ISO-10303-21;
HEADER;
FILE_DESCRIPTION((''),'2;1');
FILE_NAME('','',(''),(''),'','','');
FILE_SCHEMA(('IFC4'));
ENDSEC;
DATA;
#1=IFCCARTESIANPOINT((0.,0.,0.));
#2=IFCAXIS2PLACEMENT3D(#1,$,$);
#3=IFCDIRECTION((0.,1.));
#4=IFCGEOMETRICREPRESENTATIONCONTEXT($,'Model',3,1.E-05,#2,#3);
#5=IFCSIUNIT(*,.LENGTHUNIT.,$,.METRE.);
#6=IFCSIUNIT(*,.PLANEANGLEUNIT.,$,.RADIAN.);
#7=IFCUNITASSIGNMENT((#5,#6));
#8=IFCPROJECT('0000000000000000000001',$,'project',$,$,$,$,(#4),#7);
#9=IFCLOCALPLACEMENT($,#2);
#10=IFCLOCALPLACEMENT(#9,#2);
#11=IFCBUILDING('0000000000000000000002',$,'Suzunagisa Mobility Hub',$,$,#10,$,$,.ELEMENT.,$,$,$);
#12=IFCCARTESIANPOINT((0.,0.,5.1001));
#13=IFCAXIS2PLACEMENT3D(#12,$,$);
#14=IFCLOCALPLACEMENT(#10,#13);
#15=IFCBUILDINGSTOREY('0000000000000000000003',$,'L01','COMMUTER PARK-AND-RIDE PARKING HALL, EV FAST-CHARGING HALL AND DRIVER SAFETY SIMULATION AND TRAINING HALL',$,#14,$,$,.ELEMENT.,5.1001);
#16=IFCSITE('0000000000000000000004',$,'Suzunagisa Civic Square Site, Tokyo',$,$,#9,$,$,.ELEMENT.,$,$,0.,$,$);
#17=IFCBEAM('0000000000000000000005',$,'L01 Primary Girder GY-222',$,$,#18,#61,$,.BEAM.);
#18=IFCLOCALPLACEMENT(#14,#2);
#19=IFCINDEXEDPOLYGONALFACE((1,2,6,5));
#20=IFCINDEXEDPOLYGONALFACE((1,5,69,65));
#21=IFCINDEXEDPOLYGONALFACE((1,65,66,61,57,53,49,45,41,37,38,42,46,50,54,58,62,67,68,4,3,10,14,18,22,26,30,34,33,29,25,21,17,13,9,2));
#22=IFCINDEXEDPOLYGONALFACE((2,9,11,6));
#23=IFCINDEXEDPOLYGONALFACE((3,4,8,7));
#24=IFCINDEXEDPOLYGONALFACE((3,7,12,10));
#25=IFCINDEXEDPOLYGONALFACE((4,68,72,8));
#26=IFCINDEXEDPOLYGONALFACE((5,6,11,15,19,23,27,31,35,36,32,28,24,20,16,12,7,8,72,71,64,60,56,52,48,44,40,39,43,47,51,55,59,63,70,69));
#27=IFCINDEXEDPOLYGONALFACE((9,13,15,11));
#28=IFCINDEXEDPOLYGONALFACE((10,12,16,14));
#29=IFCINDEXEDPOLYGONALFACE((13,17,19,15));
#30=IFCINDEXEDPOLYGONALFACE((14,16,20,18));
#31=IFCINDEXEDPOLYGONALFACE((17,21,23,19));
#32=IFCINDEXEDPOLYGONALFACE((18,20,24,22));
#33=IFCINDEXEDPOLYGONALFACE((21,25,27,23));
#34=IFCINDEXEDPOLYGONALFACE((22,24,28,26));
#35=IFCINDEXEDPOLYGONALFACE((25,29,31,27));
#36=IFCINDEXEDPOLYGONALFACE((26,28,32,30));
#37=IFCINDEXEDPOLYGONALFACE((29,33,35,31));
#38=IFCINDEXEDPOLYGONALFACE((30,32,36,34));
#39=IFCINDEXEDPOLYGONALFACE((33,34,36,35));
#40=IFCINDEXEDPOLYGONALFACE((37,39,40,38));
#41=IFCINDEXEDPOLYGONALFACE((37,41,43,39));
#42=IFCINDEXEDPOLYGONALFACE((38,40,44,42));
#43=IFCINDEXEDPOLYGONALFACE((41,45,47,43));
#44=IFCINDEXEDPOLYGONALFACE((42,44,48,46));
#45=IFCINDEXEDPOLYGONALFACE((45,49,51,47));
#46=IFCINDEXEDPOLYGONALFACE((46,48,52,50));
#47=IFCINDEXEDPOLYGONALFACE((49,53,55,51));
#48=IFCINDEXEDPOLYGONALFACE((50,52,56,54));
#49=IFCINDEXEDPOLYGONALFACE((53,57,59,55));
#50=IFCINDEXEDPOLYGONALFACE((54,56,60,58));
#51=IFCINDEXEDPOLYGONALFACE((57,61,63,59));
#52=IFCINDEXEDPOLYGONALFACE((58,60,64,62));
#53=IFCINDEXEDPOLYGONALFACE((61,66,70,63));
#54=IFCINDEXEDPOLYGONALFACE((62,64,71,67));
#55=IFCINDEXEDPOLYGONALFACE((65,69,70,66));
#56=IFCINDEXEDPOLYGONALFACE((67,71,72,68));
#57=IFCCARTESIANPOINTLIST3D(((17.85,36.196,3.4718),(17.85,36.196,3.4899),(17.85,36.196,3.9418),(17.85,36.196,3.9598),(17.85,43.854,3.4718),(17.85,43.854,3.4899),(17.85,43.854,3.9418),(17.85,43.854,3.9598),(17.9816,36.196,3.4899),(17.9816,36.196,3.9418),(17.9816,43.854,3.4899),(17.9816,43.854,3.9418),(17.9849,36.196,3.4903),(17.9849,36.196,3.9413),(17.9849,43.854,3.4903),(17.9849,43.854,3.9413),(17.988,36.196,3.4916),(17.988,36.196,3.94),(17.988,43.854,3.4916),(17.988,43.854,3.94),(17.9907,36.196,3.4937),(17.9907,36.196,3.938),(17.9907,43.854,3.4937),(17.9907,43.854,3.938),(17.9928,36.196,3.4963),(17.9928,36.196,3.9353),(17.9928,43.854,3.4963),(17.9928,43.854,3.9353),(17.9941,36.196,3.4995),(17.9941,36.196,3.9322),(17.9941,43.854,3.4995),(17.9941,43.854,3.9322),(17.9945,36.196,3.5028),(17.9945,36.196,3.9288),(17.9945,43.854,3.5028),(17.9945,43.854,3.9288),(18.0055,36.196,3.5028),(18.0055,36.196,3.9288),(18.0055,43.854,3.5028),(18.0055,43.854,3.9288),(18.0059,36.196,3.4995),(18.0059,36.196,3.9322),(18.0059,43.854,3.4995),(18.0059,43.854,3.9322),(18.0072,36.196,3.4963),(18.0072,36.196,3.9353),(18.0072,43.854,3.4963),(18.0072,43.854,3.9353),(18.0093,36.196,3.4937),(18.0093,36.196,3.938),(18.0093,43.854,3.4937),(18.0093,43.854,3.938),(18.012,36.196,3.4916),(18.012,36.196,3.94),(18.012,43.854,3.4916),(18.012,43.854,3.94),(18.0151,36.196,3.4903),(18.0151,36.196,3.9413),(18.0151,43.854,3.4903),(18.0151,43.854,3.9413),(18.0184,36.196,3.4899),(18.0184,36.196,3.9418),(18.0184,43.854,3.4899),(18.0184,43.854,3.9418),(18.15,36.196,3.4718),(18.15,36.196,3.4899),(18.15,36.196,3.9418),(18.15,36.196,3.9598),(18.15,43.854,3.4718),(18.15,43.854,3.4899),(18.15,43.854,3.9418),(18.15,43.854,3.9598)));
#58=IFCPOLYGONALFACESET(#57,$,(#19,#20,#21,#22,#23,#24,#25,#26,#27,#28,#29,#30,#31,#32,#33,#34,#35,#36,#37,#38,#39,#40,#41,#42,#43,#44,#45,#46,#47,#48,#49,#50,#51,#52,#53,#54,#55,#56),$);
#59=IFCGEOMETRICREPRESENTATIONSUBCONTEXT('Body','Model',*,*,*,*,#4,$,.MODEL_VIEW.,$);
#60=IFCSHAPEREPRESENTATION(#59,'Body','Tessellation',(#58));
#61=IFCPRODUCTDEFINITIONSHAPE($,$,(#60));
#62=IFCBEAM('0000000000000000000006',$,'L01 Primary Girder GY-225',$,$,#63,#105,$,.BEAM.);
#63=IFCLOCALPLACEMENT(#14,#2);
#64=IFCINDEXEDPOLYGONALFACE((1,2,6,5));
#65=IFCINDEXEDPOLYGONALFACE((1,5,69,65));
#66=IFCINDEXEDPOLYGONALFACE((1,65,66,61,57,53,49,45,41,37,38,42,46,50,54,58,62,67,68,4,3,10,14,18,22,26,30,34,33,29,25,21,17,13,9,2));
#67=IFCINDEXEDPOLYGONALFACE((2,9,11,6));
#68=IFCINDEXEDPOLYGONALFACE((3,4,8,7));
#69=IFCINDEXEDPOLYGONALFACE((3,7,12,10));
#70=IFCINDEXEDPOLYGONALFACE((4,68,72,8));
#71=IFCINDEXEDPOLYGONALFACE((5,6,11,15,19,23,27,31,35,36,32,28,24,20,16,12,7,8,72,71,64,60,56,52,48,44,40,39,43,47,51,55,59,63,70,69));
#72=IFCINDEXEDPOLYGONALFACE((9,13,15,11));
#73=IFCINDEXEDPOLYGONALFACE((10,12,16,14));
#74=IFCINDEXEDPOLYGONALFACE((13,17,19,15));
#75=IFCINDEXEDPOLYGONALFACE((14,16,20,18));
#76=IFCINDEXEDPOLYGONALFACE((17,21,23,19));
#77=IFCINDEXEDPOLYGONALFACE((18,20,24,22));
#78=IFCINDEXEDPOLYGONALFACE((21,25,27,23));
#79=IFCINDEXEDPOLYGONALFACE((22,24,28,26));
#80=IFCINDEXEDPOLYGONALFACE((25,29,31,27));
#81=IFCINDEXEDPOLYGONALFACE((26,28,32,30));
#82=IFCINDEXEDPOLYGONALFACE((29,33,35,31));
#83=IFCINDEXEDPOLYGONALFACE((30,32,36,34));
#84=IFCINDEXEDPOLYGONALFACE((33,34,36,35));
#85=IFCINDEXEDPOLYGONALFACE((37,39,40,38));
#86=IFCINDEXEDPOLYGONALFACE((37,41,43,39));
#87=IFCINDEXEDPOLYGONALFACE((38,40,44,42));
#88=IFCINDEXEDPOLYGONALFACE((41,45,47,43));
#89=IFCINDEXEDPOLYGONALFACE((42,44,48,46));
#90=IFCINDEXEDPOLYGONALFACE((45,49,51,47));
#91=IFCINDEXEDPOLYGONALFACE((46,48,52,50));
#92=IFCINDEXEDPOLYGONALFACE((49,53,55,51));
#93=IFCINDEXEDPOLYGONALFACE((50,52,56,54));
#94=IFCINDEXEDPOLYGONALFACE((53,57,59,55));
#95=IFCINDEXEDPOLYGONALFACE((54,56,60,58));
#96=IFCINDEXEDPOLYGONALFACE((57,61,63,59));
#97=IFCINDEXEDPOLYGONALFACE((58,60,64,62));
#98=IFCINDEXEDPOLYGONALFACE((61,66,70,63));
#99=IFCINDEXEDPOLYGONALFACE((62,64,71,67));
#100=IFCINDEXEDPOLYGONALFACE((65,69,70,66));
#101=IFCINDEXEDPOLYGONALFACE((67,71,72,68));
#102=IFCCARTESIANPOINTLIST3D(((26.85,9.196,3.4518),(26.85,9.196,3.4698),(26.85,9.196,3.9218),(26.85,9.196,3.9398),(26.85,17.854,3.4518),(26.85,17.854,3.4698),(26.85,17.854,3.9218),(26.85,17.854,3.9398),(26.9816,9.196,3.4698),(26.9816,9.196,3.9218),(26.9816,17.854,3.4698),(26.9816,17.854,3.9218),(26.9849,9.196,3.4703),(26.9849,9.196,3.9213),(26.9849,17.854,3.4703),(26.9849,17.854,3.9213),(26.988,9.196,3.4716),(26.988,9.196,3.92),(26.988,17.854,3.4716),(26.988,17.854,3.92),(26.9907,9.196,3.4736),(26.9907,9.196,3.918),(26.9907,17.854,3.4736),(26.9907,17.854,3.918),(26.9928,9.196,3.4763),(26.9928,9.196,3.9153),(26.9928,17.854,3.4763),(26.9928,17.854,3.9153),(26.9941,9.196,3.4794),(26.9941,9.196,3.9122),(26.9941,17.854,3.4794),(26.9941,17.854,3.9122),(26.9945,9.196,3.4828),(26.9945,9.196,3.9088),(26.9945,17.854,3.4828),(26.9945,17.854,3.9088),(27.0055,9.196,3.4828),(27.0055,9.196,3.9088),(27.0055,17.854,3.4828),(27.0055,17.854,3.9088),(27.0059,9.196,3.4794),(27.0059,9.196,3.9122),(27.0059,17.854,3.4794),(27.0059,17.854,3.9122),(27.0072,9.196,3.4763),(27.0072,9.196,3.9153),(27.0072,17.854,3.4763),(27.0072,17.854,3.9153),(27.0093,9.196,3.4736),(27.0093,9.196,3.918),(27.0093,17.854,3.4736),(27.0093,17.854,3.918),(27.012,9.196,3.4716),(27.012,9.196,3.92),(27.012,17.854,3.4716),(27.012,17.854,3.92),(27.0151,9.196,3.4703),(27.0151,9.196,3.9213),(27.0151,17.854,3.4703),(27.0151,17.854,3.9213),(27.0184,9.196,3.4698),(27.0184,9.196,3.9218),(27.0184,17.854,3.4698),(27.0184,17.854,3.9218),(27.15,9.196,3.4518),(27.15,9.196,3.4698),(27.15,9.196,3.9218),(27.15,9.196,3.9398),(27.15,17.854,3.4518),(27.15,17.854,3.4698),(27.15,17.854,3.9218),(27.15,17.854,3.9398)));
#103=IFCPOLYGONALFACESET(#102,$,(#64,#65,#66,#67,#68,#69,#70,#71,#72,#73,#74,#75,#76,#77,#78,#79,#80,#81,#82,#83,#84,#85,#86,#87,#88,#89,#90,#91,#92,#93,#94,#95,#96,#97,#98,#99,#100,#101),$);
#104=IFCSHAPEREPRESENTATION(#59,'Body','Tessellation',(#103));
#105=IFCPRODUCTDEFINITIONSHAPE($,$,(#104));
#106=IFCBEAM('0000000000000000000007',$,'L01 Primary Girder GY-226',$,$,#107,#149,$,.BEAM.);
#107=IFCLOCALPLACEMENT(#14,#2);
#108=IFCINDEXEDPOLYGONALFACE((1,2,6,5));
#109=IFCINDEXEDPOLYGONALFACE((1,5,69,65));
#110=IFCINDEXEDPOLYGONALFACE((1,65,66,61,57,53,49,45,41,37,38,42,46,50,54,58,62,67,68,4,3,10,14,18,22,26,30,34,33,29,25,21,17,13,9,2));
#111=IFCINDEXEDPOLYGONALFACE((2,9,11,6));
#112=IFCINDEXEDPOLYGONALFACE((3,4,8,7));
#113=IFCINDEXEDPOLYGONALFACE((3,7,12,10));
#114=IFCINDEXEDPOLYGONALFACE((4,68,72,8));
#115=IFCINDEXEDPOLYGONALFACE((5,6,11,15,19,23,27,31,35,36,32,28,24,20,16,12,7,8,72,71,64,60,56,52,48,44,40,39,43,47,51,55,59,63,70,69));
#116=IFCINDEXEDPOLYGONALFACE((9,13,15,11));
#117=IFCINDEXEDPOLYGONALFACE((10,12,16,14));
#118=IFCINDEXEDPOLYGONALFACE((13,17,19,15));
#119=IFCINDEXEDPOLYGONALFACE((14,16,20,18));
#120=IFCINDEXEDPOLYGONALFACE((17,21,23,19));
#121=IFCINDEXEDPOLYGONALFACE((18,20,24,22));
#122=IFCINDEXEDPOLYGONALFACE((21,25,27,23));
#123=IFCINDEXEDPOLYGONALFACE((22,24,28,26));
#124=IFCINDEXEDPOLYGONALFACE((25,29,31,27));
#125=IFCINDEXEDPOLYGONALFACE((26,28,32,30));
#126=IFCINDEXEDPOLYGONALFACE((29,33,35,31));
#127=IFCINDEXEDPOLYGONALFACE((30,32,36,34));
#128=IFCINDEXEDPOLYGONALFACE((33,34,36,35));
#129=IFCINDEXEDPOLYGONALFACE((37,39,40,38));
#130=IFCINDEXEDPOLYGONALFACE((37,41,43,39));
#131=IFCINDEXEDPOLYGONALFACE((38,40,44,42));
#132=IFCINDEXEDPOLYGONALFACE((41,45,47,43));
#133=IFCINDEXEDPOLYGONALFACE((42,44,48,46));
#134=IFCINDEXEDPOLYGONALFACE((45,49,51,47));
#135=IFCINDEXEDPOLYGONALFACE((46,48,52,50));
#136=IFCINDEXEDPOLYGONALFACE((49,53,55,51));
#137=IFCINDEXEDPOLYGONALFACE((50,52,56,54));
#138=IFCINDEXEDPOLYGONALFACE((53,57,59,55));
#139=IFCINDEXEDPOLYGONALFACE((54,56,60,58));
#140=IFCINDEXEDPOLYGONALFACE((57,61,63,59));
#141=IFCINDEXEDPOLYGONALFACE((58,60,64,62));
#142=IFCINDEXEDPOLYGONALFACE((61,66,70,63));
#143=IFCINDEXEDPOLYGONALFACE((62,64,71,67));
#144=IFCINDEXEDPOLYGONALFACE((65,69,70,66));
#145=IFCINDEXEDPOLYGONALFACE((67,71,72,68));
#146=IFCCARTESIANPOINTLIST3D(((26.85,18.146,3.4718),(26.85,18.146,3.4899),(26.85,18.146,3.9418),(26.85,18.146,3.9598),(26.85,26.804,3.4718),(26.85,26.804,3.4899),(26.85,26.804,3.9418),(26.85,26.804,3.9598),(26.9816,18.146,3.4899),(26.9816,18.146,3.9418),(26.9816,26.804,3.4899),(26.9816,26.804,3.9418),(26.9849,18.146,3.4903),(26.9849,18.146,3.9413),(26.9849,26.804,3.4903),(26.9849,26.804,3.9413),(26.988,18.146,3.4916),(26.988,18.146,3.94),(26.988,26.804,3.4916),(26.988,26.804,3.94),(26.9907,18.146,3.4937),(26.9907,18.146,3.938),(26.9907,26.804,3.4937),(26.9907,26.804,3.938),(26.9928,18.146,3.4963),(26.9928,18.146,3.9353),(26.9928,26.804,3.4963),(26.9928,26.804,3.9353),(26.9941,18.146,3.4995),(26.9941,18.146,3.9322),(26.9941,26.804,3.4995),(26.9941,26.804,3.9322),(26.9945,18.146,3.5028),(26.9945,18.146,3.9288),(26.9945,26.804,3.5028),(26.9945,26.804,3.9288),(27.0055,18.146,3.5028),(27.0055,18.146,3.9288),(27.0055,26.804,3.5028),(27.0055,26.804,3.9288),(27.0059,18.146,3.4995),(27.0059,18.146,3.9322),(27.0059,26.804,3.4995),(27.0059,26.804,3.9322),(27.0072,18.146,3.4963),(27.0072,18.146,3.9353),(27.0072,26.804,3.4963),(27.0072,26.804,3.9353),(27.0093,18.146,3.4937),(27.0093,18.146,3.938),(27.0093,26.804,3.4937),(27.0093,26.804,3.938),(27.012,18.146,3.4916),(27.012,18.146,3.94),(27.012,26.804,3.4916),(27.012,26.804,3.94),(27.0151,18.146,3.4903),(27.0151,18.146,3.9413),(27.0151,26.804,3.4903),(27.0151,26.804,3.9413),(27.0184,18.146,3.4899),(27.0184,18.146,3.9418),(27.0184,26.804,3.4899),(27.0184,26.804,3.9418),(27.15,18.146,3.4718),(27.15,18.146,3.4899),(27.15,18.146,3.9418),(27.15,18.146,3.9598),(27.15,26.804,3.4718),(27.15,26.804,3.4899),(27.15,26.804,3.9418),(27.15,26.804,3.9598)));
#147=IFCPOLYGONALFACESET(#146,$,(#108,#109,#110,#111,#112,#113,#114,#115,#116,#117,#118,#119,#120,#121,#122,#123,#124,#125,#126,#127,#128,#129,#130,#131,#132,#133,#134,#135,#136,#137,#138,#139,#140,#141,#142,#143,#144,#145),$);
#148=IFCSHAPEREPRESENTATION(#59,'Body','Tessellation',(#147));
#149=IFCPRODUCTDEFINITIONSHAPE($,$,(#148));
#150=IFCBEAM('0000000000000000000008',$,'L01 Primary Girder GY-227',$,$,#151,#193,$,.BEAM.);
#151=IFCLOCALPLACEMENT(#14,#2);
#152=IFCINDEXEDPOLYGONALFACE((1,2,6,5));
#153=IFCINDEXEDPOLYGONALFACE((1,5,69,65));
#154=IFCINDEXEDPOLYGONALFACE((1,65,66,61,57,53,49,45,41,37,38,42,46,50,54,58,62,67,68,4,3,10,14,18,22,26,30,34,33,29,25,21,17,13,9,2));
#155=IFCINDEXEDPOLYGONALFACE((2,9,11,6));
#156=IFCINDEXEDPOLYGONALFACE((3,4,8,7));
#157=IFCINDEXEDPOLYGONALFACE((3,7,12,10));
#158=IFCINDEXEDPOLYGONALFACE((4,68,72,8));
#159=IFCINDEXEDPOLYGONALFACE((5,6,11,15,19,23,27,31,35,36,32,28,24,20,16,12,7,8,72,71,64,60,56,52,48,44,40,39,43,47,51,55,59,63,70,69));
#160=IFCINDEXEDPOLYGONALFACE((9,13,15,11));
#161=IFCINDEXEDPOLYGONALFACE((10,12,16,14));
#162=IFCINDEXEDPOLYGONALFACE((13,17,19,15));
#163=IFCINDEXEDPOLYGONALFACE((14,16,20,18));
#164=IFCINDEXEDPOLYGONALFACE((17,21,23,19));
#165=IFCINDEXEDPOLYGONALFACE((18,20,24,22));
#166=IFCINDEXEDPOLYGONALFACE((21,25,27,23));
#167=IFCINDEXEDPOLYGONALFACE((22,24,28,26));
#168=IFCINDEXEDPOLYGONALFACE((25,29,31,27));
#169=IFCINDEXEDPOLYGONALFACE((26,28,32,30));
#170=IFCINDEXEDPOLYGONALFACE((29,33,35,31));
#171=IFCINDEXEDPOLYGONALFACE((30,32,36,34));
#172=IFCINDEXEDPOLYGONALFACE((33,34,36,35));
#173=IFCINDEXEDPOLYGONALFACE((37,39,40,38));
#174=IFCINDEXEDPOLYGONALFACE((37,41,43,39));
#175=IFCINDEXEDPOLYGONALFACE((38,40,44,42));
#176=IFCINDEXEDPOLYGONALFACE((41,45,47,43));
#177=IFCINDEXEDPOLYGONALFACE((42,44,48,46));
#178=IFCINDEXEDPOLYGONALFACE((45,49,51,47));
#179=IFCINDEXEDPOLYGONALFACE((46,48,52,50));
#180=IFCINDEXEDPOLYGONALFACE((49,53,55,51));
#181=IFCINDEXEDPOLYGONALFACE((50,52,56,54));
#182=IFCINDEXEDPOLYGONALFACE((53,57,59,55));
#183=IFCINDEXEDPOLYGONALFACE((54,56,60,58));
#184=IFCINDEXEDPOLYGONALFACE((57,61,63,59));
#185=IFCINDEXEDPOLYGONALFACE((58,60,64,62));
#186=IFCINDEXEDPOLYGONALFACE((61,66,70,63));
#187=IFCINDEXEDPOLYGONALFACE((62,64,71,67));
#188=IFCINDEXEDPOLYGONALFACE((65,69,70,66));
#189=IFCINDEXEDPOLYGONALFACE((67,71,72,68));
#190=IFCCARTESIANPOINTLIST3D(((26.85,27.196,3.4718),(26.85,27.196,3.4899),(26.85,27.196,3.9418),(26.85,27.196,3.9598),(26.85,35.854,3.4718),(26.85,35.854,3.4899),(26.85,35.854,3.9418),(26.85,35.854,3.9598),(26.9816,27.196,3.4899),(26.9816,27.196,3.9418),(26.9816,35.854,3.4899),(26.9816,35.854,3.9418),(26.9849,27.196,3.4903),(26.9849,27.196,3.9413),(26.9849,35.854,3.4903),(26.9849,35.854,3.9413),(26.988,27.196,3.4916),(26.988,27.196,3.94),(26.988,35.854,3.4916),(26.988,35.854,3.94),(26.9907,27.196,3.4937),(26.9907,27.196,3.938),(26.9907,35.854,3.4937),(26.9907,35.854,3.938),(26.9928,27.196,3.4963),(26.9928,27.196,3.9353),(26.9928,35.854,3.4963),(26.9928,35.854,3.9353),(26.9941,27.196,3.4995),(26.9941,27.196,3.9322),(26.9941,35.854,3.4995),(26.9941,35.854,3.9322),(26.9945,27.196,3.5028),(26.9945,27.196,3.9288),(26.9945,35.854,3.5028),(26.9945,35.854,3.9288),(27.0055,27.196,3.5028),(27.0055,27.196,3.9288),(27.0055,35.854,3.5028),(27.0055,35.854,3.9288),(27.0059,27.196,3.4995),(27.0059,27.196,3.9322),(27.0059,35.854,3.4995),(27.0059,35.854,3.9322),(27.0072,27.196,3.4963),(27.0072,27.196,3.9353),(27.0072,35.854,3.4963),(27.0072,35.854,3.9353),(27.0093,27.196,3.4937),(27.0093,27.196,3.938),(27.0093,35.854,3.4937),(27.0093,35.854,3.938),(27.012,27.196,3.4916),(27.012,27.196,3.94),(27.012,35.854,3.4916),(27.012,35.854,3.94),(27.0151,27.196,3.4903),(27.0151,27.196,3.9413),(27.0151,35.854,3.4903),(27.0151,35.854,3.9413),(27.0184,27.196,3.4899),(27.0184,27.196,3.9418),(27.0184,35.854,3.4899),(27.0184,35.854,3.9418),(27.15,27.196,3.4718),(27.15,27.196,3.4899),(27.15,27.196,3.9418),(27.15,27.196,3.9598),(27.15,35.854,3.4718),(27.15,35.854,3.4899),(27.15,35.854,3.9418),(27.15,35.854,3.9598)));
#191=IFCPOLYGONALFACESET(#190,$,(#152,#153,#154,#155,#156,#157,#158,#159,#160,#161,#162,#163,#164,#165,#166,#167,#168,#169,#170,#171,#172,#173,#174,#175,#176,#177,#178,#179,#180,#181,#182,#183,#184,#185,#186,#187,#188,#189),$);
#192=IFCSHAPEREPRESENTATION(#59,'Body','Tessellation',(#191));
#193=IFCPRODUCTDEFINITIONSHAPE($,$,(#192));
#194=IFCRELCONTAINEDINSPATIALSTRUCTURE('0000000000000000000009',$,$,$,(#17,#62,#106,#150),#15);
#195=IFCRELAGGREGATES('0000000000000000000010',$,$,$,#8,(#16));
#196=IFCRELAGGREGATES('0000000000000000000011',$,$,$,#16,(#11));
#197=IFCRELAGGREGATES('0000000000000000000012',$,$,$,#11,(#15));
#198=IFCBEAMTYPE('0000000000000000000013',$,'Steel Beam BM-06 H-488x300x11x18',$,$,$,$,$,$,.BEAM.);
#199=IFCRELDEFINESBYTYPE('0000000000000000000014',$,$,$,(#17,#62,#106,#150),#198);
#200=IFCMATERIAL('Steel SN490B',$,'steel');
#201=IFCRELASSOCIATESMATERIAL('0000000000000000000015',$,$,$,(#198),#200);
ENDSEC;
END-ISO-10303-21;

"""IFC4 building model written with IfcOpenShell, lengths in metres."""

from ifc_helpers import new_model, si_unit, direction, frame, origin, origin_2d, place, context, subcontext, project, spatial, i_section, extrude, material, material_profile, profile_set, type_object, element, save


model = new_model("IFC4")

# Units and contexts
model_context = context("Model", 3, precision=1e-05, world=origin(), true_north=direction((0.0, 1.0)))
body_context = subcontext(model_context, "Body", "Model", "MODEL_VIEW")
ifc_project = project(units=[si_unit("LENGTHUNIT", "METRE"), si_unit("PLANEANGLEUNIT", "RADIAN")], contexts=[model_context])

# Site, building, storey
site_placement = place(None, origin())
site = spatial("IfcSite", under=ifc_project, at=site_placement, Name="Suzunagisa Civic Square Site, Tokyo", CompositionType="ELEMENT", RefElevation=0.0)
building_placement = place(site_placement, origin())
building = spatial("IfcBuilding", under=site, at=building_placement, Name="Suzunagisa Mobility Hub", CompositionType="ELEMENT")
storey_placement = place(building_placement, frame((0.0, 0.0, 5.1001)))
storey = spatial("IfcBuildingStorey", under=building, at=storey_placement, Name="L01", Description="COMMUTER PARK-AND-RIDE PARKING HALL, EV FAST-CHARGING HALL AND DRIVER SAFETY SIMULATION AND TRAINING HALL", CompositionType="ELEMENT", Elevation=5.1001)

# Shared definitions
ifc_material_1 = material(Name="Steel SN490B", Category="steel")

# Beams
ifc_material_profile_1 = material_profile(ifc_material_1, i_section(OverallWidth=0.3, OverallDepth=0.488, WebThickness=0.011, FlangeThickness=0.0181, FilletRadius=0.0129, at=origin_2d()), Name="H-488x300x11x18")
ifc_profile_set_1 = profile_set([ifc_material_profile_1], Name="Steel SN490B")
beam_type_1 = type_object("IfcBeamType", Name="Steel Beam BM-06 H-488x300x11x18", PredefinedType="BEAM", material=ifc_profile_set_1)
beam_1_placement = place(storey_placement, frame((18.0, 36.196, 3.7158), z_axis=(0.0, 1.0, 0.0), x_axis=(-1.0, 0.0, 0.0)))
element("IfcBeam", 1, at=beam_1_placement, inside=storey, type_object=beam_type_1, Name="L01 Primary Girder GY-222", PredefinedType="BEAM", context=body_context, shape_type="SweptSolid", body=[
    extrude(i_section(OverallWidth=0.3, OverallDepth=0.488, WebThickness=0.011, FlangeThickness=0.0181, FilletRadius=0.0129, at=origin_2d()), origin(), (0.0, 0.0, 1.0), 7.658),
])
for number, where, z_axis, x_axis, name in (
    (2, (27.0, 9.196, 3.6958), (0.0, 1.0, 0.0), (-1.0, 0.0, 0.0), "L01 Primary Girder GY-225"),
    (3, (27.0, 18.146, 3.7158), (0.0, 1.0, 0.0), (-1.0, 0.0, 0.0), "L01 Primary Girder GY-226"),
    (4, (27.0, 27.196, 3.7158), (0.0, 1.0, 0.0), (-1.0, 0.0, 0.0), "L01 Primary Girder GY-227"),
):
    element("IfcBeam", number, at=place(storey_placement, frame(where, z_axis=z_axis, x_axis=x_axis)), inside=storey, type_object=beam_type_1, Name=name, PredefinedType="BEAM", context=body_context, shape_type="SweptSolid", body=[
        extrude(i_section(OverallWidth=0.3, OverallDepth=0.488, WebThickness=0.011, FlangeThickness=0.0181, FilletRadius=0.0129, at=origin_2d()), origin(), (0.0, 0.0, 1.0), 8.658),
    ])

save(model, "model.ifc")
